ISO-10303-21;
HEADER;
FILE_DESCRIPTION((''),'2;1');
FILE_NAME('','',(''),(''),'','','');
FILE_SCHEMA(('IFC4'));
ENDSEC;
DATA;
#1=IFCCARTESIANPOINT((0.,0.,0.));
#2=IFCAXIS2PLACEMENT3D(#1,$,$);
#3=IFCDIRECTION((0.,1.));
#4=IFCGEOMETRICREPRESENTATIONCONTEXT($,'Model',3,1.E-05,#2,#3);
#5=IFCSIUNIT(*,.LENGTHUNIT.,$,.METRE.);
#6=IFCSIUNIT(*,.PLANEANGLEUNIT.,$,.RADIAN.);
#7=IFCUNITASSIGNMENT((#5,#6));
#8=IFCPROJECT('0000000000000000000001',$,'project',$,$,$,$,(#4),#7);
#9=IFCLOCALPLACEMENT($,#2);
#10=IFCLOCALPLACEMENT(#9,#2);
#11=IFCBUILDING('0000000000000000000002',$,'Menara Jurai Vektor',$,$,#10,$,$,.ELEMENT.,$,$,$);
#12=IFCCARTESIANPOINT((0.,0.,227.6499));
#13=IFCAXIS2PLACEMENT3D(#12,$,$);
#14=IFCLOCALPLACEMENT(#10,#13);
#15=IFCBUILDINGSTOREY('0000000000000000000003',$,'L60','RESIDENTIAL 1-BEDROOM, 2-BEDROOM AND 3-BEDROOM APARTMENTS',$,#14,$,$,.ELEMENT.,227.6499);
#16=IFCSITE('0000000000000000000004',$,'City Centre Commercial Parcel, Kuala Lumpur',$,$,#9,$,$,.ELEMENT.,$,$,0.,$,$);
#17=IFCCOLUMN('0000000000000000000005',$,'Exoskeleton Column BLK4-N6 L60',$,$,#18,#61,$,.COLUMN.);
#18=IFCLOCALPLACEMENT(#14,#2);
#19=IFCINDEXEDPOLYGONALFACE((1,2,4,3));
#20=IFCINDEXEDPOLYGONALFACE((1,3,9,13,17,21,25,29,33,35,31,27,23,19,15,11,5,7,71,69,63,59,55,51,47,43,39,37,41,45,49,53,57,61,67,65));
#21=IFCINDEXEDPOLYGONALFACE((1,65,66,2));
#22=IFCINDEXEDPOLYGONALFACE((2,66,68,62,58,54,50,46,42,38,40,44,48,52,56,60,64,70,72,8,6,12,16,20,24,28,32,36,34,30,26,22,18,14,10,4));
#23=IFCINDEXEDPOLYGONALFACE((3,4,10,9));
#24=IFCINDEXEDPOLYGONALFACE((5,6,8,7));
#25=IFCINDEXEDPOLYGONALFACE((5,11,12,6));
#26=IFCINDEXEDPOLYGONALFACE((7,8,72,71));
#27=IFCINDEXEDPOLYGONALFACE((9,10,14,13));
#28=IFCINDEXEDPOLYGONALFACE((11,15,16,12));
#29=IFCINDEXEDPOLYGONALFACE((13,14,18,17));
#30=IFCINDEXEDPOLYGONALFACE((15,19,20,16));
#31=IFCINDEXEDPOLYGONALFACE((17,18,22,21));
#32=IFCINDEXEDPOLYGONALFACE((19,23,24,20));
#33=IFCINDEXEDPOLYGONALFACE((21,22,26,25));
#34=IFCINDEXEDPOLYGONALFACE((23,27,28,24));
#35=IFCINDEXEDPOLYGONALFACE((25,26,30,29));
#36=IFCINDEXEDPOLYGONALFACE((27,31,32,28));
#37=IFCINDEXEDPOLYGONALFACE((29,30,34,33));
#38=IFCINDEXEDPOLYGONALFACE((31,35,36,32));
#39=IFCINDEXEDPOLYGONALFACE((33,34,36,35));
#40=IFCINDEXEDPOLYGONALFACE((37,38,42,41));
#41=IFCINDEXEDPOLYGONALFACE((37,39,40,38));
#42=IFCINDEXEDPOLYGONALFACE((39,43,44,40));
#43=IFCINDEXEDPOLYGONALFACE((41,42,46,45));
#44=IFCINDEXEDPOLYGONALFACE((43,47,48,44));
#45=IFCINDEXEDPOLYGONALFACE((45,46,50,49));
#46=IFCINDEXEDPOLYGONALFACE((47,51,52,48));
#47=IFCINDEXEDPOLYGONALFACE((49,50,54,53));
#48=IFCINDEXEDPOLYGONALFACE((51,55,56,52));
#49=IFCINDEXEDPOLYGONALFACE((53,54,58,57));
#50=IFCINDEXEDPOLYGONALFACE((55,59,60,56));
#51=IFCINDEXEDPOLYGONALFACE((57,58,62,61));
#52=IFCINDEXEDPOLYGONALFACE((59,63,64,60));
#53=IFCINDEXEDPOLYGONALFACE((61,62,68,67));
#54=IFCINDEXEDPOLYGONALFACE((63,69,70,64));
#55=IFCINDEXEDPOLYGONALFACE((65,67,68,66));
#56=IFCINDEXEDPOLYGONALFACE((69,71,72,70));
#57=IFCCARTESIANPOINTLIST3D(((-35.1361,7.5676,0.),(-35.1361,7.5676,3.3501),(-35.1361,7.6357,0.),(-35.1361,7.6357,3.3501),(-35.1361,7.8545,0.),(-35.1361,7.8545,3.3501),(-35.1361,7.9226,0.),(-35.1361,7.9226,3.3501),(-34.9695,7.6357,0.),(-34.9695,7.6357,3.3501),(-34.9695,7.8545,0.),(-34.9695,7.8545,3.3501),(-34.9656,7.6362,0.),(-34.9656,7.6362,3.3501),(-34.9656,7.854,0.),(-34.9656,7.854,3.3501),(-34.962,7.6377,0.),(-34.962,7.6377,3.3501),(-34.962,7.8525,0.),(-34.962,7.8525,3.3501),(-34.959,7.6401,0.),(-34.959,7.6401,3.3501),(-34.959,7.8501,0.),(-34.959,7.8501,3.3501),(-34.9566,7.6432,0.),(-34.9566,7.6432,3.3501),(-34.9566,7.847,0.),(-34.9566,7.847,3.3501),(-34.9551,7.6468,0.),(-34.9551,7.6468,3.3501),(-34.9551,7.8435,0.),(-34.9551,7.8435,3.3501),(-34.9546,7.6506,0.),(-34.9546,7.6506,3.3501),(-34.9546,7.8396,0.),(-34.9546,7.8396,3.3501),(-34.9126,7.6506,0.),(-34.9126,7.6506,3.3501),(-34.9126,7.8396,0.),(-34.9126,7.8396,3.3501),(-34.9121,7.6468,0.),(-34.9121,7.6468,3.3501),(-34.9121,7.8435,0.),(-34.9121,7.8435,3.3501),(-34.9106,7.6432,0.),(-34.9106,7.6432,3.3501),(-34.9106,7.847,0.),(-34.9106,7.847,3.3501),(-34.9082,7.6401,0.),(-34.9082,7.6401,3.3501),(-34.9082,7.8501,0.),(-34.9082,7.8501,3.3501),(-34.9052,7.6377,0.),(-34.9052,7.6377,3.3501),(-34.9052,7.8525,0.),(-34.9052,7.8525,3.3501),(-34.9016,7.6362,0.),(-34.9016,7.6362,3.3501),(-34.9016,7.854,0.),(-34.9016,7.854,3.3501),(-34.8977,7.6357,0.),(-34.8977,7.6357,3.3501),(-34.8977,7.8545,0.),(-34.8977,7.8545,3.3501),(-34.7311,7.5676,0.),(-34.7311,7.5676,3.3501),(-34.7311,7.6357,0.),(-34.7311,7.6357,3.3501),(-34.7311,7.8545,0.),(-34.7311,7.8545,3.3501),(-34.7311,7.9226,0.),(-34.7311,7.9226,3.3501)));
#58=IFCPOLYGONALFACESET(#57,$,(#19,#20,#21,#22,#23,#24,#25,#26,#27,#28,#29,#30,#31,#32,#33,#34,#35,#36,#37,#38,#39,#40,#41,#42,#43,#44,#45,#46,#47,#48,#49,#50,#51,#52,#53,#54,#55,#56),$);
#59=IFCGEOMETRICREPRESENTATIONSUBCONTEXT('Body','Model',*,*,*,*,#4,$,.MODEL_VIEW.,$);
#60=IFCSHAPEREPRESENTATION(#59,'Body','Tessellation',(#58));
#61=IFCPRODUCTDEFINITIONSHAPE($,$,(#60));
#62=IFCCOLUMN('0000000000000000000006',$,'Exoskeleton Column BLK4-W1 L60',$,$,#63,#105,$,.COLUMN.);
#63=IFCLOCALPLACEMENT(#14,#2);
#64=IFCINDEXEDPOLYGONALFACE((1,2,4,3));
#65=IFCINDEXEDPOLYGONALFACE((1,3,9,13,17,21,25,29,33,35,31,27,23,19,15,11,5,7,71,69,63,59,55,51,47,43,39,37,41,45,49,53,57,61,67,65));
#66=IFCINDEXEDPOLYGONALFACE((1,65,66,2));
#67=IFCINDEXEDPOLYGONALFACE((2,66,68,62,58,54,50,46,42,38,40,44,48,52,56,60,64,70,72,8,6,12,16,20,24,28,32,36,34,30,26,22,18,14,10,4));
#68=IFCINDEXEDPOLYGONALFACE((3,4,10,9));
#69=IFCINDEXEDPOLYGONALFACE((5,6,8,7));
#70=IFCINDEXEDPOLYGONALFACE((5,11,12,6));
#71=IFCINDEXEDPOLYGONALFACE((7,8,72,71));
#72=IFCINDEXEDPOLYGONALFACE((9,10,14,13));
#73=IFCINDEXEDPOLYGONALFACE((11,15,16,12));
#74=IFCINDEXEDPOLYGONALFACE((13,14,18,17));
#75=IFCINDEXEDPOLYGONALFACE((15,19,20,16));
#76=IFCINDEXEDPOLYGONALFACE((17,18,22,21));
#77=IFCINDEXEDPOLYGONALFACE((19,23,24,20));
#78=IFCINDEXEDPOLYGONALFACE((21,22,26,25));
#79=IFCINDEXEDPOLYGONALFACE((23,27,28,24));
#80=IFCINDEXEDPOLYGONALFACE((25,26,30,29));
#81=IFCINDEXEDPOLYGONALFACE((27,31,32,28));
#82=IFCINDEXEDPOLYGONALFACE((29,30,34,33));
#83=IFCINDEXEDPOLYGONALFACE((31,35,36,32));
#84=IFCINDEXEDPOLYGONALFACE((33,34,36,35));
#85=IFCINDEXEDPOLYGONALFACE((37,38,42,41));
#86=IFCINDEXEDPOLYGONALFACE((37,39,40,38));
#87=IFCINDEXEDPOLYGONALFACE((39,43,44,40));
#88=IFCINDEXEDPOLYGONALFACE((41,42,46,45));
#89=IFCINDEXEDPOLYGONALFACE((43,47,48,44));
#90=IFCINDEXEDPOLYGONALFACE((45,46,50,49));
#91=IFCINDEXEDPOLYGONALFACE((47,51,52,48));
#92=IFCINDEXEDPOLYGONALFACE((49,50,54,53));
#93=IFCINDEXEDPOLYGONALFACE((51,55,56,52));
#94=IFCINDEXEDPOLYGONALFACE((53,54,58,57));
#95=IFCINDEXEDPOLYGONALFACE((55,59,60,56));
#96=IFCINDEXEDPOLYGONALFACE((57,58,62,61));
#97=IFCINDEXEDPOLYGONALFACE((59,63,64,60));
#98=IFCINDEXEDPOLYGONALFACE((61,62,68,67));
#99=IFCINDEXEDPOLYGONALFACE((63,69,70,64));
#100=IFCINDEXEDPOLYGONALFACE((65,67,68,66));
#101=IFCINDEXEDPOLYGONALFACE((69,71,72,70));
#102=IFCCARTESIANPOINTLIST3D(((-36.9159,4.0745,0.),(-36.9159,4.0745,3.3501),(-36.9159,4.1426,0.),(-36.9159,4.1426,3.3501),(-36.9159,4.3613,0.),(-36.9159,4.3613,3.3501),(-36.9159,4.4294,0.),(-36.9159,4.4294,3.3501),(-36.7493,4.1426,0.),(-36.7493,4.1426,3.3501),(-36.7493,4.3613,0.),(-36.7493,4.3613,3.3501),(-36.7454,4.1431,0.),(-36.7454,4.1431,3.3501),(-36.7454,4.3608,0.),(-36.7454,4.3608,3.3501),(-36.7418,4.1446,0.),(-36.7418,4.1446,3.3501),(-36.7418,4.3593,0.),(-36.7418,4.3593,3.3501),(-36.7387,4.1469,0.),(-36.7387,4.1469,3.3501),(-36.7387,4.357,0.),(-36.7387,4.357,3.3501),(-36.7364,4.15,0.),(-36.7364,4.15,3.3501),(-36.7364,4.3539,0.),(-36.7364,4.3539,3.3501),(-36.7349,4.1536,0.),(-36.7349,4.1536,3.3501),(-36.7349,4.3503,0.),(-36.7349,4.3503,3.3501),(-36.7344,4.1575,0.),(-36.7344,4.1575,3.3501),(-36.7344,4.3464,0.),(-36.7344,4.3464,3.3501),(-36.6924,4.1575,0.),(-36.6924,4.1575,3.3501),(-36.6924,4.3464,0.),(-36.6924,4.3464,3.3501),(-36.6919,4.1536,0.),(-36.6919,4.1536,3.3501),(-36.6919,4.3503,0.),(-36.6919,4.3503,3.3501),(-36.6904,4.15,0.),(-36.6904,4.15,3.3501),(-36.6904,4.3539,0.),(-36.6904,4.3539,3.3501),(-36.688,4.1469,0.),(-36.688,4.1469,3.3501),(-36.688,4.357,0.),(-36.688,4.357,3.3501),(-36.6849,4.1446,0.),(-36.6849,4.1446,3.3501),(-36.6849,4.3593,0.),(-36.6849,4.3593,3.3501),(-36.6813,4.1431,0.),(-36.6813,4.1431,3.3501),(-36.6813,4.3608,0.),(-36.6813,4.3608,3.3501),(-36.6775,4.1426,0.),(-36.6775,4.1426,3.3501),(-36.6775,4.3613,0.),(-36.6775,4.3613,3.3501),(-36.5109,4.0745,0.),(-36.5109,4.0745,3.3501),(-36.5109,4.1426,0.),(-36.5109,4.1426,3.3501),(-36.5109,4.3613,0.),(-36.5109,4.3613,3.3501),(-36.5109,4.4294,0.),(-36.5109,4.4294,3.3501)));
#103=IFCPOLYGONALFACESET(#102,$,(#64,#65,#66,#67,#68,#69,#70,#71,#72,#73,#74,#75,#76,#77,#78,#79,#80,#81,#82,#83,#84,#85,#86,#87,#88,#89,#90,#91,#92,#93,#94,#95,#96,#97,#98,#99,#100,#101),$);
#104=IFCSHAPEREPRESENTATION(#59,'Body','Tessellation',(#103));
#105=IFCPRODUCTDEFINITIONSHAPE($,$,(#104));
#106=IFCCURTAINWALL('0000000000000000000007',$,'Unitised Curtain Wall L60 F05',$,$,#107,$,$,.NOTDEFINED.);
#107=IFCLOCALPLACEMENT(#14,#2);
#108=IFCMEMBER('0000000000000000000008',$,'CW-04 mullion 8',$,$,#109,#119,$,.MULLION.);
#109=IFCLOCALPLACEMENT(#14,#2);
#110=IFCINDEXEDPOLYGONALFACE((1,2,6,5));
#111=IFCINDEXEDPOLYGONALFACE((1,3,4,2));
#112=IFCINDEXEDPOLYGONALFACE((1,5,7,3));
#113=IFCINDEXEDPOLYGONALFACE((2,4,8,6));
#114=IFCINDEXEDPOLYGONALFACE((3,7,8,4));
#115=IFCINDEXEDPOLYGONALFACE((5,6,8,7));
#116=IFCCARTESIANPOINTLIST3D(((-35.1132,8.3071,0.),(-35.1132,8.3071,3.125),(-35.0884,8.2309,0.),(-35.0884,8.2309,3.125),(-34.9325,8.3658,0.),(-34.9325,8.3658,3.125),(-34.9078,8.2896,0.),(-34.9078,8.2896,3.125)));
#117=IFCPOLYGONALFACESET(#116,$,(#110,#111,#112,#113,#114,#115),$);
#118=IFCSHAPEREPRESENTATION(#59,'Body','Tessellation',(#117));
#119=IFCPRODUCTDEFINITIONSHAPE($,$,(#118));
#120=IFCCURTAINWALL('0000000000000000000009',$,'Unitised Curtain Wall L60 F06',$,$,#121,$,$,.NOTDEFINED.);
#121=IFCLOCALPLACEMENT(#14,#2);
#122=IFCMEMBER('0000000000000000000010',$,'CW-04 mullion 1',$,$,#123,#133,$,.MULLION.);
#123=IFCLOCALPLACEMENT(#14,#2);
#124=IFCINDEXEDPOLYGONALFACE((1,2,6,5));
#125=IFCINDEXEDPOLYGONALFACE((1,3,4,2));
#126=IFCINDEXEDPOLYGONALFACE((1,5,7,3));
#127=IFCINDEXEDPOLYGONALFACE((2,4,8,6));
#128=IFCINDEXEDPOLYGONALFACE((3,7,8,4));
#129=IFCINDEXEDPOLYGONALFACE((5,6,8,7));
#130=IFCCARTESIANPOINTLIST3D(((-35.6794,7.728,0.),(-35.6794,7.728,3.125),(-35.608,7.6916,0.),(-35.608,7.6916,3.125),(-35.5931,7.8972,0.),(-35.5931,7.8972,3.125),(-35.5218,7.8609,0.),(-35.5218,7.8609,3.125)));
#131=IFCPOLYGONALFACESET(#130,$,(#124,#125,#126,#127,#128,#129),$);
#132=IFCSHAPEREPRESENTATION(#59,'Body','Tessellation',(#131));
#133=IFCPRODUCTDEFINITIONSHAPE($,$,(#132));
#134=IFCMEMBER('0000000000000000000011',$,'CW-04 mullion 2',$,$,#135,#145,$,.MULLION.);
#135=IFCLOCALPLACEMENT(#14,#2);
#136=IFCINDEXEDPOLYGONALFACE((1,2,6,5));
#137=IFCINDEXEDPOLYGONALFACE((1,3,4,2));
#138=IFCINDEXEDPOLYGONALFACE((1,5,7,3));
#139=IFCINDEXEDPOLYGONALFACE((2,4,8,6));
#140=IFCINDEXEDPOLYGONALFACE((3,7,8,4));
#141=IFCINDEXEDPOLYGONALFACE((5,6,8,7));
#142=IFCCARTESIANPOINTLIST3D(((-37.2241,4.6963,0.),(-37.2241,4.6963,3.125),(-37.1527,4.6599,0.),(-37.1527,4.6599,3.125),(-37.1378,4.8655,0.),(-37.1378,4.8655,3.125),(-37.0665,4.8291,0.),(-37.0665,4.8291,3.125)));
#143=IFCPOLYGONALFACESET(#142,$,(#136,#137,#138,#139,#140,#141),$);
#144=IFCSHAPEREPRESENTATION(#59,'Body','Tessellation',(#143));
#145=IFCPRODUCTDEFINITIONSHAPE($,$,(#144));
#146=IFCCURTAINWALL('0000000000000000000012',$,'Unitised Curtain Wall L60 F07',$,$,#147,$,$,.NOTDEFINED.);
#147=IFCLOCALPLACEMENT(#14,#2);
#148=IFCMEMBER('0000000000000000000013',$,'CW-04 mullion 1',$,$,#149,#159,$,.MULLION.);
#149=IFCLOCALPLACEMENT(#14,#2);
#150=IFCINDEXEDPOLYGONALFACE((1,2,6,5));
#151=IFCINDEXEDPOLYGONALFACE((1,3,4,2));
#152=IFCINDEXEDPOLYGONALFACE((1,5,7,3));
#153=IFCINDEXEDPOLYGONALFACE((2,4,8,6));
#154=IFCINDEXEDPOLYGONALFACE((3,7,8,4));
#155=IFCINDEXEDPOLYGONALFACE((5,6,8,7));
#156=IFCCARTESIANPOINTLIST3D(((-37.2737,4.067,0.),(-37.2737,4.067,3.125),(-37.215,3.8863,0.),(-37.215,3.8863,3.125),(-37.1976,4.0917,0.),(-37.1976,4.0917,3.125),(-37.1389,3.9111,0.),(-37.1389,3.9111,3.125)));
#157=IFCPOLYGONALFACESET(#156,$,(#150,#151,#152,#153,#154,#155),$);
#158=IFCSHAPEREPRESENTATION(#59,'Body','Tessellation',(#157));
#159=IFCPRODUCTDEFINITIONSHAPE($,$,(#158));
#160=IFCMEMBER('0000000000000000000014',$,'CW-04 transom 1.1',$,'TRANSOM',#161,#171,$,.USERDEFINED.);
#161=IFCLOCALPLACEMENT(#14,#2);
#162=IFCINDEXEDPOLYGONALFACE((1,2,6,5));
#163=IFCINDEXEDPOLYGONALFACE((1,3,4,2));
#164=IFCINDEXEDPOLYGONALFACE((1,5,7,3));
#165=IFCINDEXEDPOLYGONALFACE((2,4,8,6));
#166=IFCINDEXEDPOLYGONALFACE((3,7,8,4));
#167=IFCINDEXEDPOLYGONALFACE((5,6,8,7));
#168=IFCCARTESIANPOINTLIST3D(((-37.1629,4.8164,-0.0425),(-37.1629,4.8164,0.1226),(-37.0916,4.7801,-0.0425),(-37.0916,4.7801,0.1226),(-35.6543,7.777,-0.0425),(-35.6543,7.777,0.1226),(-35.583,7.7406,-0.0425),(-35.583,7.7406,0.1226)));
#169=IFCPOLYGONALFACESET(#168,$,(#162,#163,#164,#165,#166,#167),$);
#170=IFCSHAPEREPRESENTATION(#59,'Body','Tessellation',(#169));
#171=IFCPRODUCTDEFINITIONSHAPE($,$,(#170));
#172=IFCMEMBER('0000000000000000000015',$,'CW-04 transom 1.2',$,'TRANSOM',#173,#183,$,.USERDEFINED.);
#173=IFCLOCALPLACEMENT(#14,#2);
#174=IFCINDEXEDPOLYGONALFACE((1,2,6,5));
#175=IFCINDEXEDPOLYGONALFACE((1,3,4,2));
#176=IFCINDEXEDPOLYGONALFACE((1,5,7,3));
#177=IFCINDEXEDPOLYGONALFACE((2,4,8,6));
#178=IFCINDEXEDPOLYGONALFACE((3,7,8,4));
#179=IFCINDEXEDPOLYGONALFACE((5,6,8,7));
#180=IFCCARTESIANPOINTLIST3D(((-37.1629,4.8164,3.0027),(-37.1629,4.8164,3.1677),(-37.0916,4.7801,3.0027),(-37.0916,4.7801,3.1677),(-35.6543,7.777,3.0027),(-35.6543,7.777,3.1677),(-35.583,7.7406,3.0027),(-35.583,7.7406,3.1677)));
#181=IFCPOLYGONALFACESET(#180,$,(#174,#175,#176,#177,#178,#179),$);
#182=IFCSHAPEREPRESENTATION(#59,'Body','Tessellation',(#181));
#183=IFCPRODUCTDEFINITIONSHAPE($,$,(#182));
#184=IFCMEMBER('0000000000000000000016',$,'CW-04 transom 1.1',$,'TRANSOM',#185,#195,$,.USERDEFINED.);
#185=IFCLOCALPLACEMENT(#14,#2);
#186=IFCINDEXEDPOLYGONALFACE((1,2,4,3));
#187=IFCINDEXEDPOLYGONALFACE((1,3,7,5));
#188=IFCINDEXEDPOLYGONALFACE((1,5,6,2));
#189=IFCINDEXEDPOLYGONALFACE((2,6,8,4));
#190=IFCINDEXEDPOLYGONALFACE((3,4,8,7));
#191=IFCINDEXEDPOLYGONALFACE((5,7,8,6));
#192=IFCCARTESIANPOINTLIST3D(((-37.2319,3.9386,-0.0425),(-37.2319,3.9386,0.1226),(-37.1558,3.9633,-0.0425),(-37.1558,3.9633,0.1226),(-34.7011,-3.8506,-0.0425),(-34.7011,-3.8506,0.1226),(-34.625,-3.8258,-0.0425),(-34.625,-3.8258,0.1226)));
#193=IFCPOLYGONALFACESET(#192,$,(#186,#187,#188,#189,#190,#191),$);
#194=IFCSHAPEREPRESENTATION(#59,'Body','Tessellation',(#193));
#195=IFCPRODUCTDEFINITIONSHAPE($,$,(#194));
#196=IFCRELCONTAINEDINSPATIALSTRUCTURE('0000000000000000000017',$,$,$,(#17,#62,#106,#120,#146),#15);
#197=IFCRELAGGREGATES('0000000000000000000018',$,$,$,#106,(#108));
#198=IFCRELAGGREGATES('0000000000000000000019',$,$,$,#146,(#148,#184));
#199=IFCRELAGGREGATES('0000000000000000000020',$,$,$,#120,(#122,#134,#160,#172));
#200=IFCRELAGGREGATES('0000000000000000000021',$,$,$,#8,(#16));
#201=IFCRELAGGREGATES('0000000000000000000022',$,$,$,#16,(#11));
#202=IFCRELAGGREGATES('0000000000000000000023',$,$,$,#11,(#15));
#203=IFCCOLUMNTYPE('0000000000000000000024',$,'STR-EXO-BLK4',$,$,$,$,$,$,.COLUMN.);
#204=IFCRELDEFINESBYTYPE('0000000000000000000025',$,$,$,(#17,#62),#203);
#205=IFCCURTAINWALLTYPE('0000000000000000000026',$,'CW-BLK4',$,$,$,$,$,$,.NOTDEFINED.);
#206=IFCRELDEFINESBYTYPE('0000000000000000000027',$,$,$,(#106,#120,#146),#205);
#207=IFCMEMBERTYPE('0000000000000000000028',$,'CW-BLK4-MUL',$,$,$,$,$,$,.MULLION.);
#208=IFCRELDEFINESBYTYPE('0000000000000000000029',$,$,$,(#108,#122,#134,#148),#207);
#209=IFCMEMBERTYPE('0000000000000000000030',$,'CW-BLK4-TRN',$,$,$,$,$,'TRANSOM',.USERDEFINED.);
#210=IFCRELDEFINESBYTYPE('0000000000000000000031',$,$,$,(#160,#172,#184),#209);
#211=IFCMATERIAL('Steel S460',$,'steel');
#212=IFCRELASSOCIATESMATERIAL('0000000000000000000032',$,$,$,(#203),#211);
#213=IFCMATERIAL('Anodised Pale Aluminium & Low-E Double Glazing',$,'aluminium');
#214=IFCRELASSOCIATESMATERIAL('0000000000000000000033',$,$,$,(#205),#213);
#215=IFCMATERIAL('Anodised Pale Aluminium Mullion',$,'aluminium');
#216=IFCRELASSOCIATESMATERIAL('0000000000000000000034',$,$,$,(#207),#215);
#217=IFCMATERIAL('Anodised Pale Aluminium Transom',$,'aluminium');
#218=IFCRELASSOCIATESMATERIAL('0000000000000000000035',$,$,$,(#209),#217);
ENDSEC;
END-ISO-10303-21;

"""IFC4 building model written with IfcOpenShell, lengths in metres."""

from ifc_helpers import new_model, si_unit, direction, frame, origin, origin_2d, place, context, subcontext, project, spatial, rectangle, i_section, extrude, material, material_profile, profile_set, type_object, element, aggregate, save


model = new_model("IFC4")

# Units and contexts
model_context = context("Model", 3, precision=1e-05, world=origin(), true_north=direction((0.0, 1.0)))
body_context = subcontext(model_context, "Body", "Model", "MODEL_VIEW")
ifc_project = project(units=[si_unit("LENGTHUNIT", "METRE"), si_unit("PLANEANGLEUNIT", "RADIAN")], contexts=[model_context])

# Site, building, storey
site_placement = place(None, origin())
site = spatial("IfcSite", under=ifc_project, at=site_placement, Name="City Centre Commercial Parcel, Kuala Lumpur", CompositionType="ELEMENT", RefElevation=0.0)
building_placement = place(site_placement, origin())
building = spatial("IfcBuilding", under=site, at=building_placement, Name="Menara Jurai Vektor", CompositionType="ELEMENT")
storey_placement = place(building_placement, frame((0.0, 0.0, 227.6499)))
storey = spatial("IfcBuildingStorey", under=building, at=storey_placement, Name="L60", Description="RESIDENTIAL 1-BEDROOM, 2-BEDROOM AND 3-BEDROOM APARTMENTS", CompositionType="ELEMENT", Elevation=227.6499)

# Columns
ifc_material_1 = material(Name="Steel S460", Category="steel")
ifc_material_profile_1 = material_profile(ifc_material_1, i_section(OverallWidth=0.405, OverallDepth=0.355, WebThickness=0.042, FlangeThickness=0.0681, FilletRadius=0.0149, at=origin_2d()), Name="HD 400x551")
ifc_profile_set_1 = profile_set([ifc_material_profile_1], Name="Steel S460")
column_type = type_object("IfcColumnType", Name="STR-EXO-BLK4", PredefinedType="COLUMN", material=ifc_profile_set_1)
for number, where, z_axis, x_axis, name in (
    (1, (-34.9336, 7.7451, 0.0), (0.0, 0.0, 1.0), (1.0, 0.0, 0.0), "Exoskeleton Column BLK4-N6 L60"),
    (2, (-36.7134, 4.252, 0.0), (0.0, 0.0, 1.0), (1.0, 0.0, 0.0), "Exoskeleton Column BLK4-W1 L60"),
):
    element("IfcColumn", number, at=place(storey_placement, frame(where, z_axis=z_axis, x_axis=x_axis)), inside=storey, type_object=column_type, Name=name, PredefinedType="COLUMN", context=body_context, shape_type="SweptSolid", body=[
        extrude(i_section(OverallWidth=0.405, OverallDepth=0.355, WebThickness=0.042, FlangeThickness=0.0681, FilletRadius=0.0149, at=origin_2d()), origin(), (0.0, 0.0, 1.0), 3.3501),
    ])

# Curtain wall, member
ifc_material_2 = material(Name="Anodised Pale Aluminium & Low-E Double Glazing", Category="aluminium")
curtain_wall_type = type_object("IfcCurtainWallType", Name="CW-BLK4", PredefinedType="NOTDEFINED", material=ifc_material_2)
curtain_wall_1_placement = place(storey_placement, origin())
curtain_wall_1 = element("IfcCurtainWall", 3, at=curtain_wall_1_placement, inside=storey, type_object=curtain_wall_type, Name="Unitised Curtain Wall L60 F05", PredefinedType="NOTDEFINED")
ifc_material_3 = material(Name="Anodised Pale Aluminium Mullion", Category="aluminium")
ifc_material_profile_2 = material_profile(ifc_material_3, rectangle(XDim=0.0801, YDim=0.1899, at=origin_2d()), Name="ALU MUL 80x190")
ifc_profile_set_2 = profile_set([ifc_material_profile_2], Name="Anodised Pale Aluminium Mullion")
member_type_1 = type_object("IfcMemberType", Name="CW-BLK4-MUL", PredefinedType="MULLION", material=ifc_profile_set_2)
member_1_placement = place(storey_placement, frame((-35.0105, 8.2983, 0.0), z_axis=(0.0, 0.0, 1.0), x_axis=(0.309017, -0.951056, 0.0)))
member_1 = element("IfcMember", 4, at=member_1_placement, type_object=member_type_1, Name="CW-04 mullion 8", PredefinedType="MULLION", context=body_context, shape_type="SweptSolid", body=[
    extrude(rectangle(XDim=0.0801, YDim=0.1899, at=origin_2d()), origin(), (0.0, 0.0, 1.0), 3.125),
])

# Curtain wall, members
curtain_wall_2_placement = place(storey_placement, origin())
curtain_wall_2 = element("IfcCurtainWall", 5, at=curtain_wall_2_placement, inside=storey, type_object=curtain_wall_type, Name="Unitised Curtain Wall L60 F06", PredefinedType="NOTDEFINED")
member_2_placement = place(storey_placement, frame((-35.6006, 7.7944, 0.0), z_axis=(0.0, 0.0, 1.0), x_axis=(0.891008, -0.453989, 0.0)))
member_2 = element("IfcMember", 6, at=member_2_placement, type_object=member_type_1, Name="CW-04 mullion 1", PredefinedType="MULLION", context=body_context, shape_type="SweptSolid", body=[
    extrude(rectangle(XDim=0.0801, YDim=0.1899, at=origin_2d()), origin(), (0.0, 0.0, 1.0), 3.125),
])
member_3_placement = place(storey_placement, frame((-37.1453, 4.7627, 0.0), z_axis=(0.0, 0.0, 1.0), x_axis=(0.891008, -0.453989, 0.0)))
member_3 = element("IfcMember", 7, at=member_3_placement, type_object=member_type_1, Name="CW-04 mullion 2", PredefinedType="MULLION", context=body_context, shape_type="SweptSolid", body=[
    extrude(rectangle(XDim=0.0801, YDim=0.1899, at=origin_2d()), origin(), (0.0, 0.0, 1.0), 3.125),
])

# Curtain wall, member
curtain_wall_3_placement = place(storey_placement, origin())
curtain_wall_3 = element("IfcCurtainWall", 8, at=curtain_wall_3_placement, inside=storey, type_object=curtain_wall_type, Name="Unitised Curtain Wall L60 F07", PredefinedType="NOTDEFINED")
member_4_placement = place(storey_placement, frame((-37.2063, 3.989, 0.0), z_axis=(0.0, 0.0, 1.0), x_axis=(0.951057, 0.309016, 0.0)))
member_4 = element("IfcMember", 9, at=member_4_placement, type_object=member_type_1, Name="CW-04 mullion 1", PredefinedType="MULLION", context=body_context, shape_type="SweptSolid", body=[
    extrude(rectangle(XDim=0.0801, YDim=0.1899, at=origin_2d()), origin(), (0.0, 0.0, 1.0), 3.125),
])

# Members
ifc_material_4 = material(Name="Anodised Pale Aluminium Transom", Category="aluminium")
ifc_material_profile_3 = material_profile(ifc_material_4, rectangle(XDim=0.0801, YDim=0.165, at=origin_2d()), Name="ALU TRN 80x165")
ifc_profile_set_3 = profile_set([ifc_material_profile_3], Name="Anodised Pale Aluminium Transom")
member_type_2 = type_object("IfcMemberType", Name="CW-BLK4-TRN", ElementType="TRANSOM", PredefinedType="USERDEFINED", material=ifc_profile_set_3)
member_5_placement = place(storey_placement, frame((-35.6187, 7.7588, 0.04), z_axis=(-0.454019, -0.890992, 0.0), x_axis=(0.890992, -0.454019, 0.0)))
member_5 = element("IfcMember", 10, at=member_5_placement, type_object=member_type_2, Name="CW-04 transom 1.1", ObjectType="TRANSOM", PredefinedType="USERDEFINED", context=body_context, shape_type="SweptSolid", body=[
    extrude(rectangle(XDim=0.0801, YDim=0.165, at=origin_2d()), origin(), (0.0, 0.0, 1.0), 3.3228),
])
member_6_placement = place(storey_placement, frame((-35.6187, 7.7588, 3.0852), z_axis=(-0.454019, -0.890992, 0.0), x_axis=(0.890992, -0.454019, 0.0)))
member_6 = element("IfcMember", 11, at=member_6_placement, type_object=member_type_2, Name="CW-04 transom 1.2", ObjectType="TRANSOM", PredefinedType="USERDEFINED", context=body_context, shape_type="SweptSolid", body=[
    extrude(rectangle(XDim=0.0801, YDim=0.165, at=origin_2d()), origin(), (0.0, 0.0, 1.0), 3.3228),
])
member_7_placement = place(storey_placement, frame((-37.1938, 3.9509, 0.04), z_axis=(0.309011, -0.951059, 0.0), x_axis=(0.951059, 0.309011, 0.0)))
member_7 = element("IfcMember", 12, at=member_7_placement, type_object=member_type_2, Name="CW-04 transom 1.1", ObjectType="TRANSOM", PredefinedType="USERDEFINED", context=body_context, shape_type="SweptSolid", body=[
    extrude(rectangle(XDim=0.0801, YDim=0.165, at=origin_2d()), origin(), (0.0, 0.0, 1.0), 8.1899),
])

aggregate(curtain_wall_1, [member_1])
aggregate(curtain_wall_3, [member_4, member_7])
aggregate(curtain_wall_2, [member_2, member_3, member_5, member_6])

save(model, "model.ifc")
